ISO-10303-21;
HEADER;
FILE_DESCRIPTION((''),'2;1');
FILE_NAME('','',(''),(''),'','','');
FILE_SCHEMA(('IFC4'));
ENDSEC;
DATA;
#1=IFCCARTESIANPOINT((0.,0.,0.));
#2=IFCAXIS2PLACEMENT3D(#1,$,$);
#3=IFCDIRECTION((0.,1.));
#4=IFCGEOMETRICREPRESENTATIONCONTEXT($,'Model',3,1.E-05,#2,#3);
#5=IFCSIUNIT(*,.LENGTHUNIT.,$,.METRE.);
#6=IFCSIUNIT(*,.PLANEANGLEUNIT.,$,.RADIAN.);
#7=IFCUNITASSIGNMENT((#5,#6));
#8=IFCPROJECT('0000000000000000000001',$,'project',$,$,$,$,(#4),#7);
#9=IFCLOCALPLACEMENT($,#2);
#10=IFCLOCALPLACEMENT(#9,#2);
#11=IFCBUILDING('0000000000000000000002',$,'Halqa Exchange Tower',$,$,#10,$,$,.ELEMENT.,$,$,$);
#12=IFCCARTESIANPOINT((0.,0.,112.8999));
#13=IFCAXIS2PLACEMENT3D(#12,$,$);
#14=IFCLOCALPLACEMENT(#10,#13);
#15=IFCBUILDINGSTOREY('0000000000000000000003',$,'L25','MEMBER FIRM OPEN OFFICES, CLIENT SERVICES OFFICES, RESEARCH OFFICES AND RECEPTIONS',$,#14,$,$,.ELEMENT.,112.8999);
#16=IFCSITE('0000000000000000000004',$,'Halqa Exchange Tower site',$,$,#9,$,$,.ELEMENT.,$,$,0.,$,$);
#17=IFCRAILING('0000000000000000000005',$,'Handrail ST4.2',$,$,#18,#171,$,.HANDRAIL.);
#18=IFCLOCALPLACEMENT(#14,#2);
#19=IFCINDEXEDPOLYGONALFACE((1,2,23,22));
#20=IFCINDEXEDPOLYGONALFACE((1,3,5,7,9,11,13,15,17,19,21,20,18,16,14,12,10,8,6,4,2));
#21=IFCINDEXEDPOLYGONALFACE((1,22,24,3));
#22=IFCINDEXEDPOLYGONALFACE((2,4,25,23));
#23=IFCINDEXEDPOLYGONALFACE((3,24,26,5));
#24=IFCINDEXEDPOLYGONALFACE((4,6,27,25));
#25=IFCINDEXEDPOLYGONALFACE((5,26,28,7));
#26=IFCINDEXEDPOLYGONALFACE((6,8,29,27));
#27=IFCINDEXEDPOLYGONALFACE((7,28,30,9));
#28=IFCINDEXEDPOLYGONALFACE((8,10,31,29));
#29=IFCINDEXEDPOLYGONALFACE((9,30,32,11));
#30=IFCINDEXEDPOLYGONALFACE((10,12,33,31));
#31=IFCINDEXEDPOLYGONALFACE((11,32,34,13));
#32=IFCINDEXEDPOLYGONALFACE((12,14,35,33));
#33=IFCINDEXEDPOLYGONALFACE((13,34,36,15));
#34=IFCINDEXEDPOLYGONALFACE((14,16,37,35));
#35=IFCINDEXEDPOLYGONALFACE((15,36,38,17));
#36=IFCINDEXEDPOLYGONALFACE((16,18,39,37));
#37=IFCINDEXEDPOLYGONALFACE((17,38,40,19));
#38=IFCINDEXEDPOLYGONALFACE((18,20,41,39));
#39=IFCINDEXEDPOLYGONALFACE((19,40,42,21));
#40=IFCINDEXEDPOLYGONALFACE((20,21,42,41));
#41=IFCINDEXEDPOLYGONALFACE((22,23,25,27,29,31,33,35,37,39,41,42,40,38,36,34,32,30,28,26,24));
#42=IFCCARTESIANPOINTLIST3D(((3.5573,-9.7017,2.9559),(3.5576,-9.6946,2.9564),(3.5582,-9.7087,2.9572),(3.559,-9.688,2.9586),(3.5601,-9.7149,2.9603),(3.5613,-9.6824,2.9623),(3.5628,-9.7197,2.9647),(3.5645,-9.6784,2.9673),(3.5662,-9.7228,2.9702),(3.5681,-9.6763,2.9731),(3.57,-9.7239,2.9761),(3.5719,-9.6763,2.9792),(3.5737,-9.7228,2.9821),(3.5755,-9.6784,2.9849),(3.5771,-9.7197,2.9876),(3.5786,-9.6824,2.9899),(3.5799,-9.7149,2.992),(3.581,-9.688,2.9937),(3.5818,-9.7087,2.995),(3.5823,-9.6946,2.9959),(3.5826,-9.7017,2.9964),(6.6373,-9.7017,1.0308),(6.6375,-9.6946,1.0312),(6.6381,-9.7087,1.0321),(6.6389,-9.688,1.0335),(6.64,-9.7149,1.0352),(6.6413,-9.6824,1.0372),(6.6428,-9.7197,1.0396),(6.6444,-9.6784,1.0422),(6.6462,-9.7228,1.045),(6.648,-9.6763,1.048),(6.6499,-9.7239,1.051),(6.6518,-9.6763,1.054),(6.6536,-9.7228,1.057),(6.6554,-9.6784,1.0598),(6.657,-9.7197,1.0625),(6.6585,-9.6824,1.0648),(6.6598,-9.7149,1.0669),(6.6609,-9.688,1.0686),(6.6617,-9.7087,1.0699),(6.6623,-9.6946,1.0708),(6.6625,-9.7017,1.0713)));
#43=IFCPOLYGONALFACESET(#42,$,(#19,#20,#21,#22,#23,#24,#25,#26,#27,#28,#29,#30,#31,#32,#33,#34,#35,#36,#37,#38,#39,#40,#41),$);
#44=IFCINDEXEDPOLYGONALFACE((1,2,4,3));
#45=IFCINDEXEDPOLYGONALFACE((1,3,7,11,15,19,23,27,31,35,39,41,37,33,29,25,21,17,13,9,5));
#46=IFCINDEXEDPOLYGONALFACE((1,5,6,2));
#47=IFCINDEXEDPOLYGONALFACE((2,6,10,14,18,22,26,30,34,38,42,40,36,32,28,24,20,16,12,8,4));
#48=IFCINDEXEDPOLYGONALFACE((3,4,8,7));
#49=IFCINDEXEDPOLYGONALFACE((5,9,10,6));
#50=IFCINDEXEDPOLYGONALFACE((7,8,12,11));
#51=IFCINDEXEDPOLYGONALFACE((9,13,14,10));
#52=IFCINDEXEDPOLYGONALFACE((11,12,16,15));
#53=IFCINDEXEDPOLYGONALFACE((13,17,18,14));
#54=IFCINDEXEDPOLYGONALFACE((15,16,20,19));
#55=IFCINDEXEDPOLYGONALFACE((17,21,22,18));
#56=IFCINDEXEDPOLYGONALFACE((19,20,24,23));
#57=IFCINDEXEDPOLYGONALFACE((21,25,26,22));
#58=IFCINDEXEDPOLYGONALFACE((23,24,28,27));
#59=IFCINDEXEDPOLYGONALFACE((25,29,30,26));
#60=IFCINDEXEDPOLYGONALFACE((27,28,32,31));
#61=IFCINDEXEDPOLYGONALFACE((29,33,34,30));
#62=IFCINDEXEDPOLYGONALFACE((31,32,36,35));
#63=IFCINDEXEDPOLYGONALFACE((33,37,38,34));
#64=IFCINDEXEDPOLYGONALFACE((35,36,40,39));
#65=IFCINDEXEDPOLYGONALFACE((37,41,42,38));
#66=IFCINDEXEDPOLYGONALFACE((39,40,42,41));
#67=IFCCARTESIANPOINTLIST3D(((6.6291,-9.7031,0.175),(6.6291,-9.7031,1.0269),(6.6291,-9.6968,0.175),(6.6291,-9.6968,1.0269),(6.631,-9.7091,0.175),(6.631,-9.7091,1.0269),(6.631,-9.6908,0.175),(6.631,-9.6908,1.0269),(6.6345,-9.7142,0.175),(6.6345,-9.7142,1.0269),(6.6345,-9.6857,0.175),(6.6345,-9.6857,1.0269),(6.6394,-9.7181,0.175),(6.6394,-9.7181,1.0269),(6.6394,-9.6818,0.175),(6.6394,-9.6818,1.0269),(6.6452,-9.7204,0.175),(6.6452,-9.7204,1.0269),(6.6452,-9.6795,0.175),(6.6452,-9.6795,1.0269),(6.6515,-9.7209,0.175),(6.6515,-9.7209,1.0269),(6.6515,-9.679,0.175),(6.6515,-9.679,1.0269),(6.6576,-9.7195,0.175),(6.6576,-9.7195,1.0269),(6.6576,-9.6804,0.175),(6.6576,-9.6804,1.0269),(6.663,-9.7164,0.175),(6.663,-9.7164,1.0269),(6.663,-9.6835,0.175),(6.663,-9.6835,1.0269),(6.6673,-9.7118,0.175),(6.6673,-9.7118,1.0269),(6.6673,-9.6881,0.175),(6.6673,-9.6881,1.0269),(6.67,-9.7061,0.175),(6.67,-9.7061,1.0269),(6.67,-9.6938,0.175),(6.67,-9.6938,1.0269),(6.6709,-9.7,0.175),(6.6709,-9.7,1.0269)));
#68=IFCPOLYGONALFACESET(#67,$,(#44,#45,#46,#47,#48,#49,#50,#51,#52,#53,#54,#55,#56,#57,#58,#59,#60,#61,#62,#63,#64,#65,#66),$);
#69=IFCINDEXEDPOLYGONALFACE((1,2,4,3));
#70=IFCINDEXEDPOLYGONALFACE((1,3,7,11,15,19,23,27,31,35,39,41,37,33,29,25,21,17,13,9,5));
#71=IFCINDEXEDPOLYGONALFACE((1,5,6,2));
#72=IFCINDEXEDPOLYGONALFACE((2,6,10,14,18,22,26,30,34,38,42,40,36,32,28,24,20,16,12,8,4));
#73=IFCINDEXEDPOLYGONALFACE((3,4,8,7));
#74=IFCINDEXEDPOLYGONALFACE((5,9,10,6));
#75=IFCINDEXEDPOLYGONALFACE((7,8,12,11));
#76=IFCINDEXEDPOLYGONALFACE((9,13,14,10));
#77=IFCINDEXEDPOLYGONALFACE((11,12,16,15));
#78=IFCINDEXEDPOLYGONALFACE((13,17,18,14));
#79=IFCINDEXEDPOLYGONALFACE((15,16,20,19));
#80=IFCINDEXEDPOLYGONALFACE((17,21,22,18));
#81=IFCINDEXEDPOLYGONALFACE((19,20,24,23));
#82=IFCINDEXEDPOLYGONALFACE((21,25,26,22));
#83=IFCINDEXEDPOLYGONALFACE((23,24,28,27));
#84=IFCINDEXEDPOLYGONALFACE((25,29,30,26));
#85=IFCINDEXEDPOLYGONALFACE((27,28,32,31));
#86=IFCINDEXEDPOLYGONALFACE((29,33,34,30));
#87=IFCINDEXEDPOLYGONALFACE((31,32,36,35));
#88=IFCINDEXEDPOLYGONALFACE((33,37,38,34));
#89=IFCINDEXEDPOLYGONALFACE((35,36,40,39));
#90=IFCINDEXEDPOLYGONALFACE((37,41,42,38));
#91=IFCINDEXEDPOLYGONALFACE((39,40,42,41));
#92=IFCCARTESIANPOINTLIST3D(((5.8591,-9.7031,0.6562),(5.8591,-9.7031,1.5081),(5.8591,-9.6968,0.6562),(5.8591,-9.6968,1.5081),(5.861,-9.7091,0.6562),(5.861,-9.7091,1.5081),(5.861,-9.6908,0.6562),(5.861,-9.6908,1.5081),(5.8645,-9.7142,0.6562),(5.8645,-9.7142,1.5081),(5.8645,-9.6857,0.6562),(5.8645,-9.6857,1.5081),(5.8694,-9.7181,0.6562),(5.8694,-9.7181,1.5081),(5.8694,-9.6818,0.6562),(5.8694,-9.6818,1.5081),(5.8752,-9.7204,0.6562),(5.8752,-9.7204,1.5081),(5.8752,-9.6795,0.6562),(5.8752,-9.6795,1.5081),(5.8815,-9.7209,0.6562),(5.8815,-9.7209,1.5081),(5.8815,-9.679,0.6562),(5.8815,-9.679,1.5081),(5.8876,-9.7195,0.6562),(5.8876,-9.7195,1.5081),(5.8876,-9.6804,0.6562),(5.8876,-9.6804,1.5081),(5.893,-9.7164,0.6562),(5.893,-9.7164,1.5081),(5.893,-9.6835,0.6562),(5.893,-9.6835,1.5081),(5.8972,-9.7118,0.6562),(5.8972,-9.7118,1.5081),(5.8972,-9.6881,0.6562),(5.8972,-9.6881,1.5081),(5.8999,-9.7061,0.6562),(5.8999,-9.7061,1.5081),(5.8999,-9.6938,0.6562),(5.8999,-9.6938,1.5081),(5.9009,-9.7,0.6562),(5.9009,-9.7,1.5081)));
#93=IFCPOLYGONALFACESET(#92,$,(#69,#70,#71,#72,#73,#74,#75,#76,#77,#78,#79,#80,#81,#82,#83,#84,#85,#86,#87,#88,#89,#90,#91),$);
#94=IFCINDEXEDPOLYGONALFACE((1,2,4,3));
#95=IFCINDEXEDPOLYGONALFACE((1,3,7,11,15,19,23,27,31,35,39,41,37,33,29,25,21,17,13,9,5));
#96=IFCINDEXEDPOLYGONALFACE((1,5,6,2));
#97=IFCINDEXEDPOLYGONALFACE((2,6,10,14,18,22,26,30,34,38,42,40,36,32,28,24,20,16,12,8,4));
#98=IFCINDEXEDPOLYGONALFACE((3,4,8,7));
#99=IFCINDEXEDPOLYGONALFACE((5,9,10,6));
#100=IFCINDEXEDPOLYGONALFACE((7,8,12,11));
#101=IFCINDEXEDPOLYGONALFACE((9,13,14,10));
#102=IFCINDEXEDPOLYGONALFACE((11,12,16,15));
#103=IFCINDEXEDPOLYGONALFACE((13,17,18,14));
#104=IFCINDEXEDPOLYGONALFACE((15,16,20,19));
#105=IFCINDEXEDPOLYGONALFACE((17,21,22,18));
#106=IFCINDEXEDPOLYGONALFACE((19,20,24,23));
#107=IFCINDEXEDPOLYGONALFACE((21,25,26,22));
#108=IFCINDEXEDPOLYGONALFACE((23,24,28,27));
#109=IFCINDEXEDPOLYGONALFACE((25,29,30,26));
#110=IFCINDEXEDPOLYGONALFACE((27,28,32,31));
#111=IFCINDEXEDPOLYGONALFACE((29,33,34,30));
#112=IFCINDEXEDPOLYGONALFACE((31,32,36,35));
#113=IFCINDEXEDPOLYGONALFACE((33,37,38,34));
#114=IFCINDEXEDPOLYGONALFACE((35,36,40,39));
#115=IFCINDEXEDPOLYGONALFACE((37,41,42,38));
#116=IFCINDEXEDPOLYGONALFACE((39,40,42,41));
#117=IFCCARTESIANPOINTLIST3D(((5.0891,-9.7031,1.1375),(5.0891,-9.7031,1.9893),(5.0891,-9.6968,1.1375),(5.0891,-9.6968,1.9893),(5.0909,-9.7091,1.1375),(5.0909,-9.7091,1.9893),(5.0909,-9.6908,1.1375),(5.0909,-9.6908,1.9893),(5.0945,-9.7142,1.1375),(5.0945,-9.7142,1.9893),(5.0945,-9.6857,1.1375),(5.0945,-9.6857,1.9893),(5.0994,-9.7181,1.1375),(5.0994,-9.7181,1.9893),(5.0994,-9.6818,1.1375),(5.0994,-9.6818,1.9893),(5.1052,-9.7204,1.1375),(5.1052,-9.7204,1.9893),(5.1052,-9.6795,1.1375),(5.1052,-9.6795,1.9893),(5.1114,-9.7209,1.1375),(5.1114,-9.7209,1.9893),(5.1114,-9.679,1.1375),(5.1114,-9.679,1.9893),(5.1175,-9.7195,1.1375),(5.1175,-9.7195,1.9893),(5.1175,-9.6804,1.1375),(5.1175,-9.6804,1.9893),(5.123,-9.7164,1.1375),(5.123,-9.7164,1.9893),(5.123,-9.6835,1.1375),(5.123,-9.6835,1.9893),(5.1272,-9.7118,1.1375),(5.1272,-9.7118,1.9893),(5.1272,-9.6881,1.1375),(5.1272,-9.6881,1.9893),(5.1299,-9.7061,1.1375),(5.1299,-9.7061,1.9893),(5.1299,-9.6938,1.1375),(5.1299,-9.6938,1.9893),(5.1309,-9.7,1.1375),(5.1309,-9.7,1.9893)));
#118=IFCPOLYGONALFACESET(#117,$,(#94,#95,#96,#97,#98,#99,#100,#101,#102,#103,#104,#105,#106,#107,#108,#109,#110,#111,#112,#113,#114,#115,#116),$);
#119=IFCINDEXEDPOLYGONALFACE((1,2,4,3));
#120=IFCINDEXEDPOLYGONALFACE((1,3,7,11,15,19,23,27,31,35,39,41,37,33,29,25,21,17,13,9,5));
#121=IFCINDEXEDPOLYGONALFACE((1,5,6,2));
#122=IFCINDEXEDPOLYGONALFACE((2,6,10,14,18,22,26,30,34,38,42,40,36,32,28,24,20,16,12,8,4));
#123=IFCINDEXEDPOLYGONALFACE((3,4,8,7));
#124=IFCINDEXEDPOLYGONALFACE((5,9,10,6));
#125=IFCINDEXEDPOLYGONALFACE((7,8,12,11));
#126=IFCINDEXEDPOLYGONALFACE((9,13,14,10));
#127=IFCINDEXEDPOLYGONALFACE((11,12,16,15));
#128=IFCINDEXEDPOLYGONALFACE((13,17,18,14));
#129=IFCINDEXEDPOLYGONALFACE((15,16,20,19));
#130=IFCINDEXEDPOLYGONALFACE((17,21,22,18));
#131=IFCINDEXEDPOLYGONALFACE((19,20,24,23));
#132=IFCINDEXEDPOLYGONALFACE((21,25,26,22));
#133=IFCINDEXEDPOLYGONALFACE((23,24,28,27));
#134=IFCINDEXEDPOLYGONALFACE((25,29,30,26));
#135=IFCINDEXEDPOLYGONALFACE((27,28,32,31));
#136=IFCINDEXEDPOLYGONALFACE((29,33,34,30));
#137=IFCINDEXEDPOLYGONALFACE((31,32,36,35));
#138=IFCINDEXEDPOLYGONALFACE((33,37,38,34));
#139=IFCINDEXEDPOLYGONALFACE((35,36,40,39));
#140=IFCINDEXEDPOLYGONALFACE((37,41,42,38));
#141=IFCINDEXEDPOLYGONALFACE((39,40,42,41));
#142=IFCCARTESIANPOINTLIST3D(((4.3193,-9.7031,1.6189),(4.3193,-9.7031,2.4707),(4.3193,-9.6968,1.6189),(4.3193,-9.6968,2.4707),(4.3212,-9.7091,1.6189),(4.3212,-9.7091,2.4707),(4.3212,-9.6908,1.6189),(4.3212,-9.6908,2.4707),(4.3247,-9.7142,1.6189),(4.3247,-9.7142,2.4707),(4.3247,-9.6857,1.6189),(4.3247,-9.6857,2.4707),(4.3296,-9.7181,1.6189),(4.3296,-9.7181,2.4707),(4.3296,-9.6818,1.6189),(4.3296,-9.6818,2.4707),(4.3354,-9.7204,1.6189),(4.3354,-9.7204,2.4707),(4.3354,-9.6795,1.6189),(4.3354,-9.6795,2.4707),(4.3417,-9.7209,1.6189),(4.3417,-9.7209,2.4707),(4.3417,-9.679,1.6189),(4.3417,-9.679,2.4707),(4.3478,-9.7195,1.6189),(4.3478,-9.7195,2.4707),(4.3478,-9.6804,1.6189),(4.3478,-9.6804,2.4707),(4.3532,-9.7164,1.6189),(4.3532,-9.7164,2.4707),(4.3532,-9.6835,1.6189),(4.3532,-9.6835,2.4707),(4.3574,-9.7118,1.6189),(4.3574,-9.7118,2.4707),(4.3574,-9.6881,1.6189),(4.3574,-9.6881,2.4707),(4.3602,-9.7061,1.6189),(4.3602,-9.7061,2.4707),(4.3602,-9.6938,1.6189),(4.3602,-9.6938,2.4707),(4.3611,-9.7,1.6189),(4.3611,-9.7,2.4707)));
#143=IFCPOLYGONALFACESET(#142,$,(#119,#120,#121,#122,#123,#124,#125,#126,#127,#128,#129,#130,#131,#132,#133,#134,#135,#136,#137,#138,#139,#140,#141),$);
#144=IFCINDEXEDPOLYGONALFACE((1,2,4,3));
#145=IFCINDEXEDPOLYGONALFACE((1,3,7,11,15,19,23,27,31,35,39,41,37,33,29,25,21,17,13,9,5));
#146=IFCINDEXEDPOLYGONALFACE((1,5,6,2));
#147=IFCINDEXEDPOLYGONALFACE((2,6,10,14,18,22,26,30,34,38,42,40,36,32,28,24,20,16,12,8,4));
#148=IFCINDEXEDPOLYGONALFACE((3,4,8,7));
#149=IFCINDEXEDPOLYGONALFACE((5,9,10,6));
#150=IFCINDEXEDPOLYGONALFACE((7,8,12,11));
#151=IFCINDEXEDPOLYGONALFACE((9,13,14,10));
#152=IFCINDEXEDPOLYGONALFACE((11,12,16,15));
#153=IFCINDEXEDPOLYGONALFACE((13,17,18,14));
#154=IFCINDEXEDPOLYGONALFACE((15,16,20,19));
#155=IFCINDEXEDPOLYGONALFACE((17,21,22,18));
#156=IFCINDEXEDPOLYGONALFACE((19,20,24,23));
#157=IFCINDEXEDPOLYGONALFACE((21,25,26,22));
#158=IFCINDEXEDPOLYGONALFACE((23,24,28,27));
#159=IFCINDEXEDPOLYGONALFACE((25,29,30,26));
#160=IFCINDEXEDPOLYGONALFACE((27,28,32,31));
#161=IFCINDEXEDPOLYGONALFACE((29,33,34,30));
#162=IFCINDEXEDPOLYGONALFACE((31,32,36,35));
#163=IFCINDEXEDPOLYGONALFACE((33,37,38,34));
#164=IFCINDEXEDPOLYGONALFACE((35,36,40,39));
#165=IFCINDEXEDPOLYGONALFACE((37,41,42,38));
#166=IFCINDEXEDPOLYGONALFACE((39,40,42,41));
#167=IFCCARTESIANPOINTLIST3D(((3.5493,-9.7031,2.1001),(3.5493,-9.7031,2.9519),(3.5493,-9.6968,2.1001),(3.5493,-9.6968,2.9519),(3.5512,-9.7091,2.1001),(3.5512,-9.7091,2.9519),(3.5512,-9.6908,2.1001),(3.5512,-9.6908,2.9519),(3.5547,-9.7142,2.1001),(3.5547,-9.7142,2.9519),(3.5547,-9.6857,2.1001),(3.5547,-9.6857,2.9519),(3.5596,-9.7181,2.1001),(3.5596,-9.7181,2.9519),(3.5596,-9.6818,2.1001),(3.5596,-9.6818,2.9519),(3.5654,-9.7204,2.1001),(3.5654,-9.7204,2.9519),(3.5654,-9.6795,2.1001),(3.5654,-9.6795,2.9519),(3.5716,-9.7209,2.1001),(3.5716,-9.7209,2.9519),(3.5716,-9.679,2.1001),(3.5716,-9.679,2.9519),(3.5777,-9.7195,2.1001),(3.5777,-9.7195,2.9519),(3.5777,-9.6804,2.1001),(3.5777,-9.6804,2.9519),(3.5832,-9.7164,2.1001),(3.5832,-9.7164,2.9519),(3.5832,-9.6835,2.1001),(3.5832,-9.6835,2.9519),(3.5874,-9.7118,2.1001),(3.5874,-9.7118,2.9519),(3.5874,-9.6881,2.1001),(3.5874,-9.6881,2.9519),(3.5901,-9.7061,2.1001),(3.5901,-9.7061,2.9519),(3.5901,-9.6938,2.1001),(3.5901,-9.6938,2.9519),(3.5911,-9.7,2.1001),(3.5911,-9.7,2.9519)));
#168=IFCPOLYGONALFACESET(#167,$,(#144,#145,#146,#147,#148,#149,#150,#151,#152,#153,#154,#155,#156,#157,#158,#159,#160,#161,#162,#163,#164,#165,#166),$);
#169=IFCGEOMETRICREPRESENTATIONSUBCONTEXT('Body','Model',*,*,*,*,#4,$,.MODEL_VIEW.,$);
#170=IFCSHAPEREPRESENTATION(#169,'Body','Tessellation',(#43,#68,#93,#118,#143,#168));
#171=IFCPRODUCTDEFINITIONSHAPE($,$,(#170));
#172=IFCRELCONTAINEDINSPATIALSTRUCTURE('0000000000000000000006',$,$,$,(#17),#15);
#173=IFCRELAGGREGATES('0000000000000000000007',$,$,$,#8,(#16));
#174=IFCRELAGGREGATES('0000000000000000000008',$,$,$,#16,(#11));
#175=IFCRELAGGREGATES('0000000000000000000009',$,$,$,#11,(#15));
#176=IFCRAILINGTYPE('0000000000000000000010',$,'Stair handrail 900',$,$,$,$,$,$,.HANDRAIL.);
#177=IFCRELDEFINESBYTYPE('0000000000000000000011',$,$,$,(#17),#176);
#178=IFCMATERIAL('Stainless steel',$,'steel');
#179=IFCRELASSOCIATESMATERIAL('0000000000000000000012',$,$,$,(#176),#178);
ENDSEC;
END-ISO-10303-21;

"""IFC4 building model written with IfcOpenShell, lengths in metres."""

from ifc_helpers import new_model, si_unit, direction, frame, origin, origin_2d, place, context, subcontext, project, spatial, circle, extrude, material, type_object, element, save


model = new_model("IFC4")

# Units and contexts
model_context = context("Model", 3, precision=1e-05, world=origin(), true_north=direction((0.0, 1.0)))
body_context = subcontext(model_context, "Body", "Model", "MODEL_VIEW")
ifc_project = project(units=[si_unit("LENGTHUNIT", "METRE"), si_unit("PLANEANGLEUNIT", "RADIAN")], contexts=[model_context])

# Site, building, storey
site_placement = place(None, origin())
site = spatial("IfcSite", under=ifc_project, at=site_placement, Name="Halqa Exchange Tower site", CompositionType="ELEMENT", RefElevation=0.0)
building_placement = place(site_placement, origin())
building = spatial("IfcBuilding", under=site, at=building_placement, Name="Halqa Exchange Tower", CompositionType="ELEMENT")
storey_placement = place(building_placement, frame((0.0, 0.0, 112.8999)))
storey = spatial("IfcBuildingStorey", under=building, at=storey_placement, Name="L25", Description="MEMBER FIRM OPEN OFFICES, CLIENT SERVICES OFFICES, RESEARCH OFFICES AND RECEPTIONS", CompositionType="ELEMENT", Elevation=112.8999)

# Railing
ifc_material_1 = material(Name="Stainless steel", Category="steel")
railing_type_1 = type_object("IfcRailingType", Name="Stair handrail 900", PredefinedType="HANDRAIL", material=ifc_material_1)
railing_1_placement = place(storey_placement, frame((6.6499, -9.7, 0.175)))
element("IfcRailing", 1, at=railing_1_placement, inside=storey, type_object=railing_type_1, Name="Handrail ST4.2", PredefinedType="HANDRAIL", context=body_context, shape_type="SweptSolid", body=[
    extrude(circle(Radius=0.0239, at=origin_2d()), frame((0.0, 0.0, 0.876), z_axis=(-0.847979, 0.0, 0.530029), x_axis=(0.0, -1.0, 0.0)), (0.0, 0.0, 1.0), 3.6321),
    extrude(circle(Radius=0.021, at=origin_2d()), origin(), (0.0, 0.0, 1.0), 0.8518),
    extrude(circle(Radius=0.021, at=origin_2d()), frame((-0.77, 0.0, 0.4812)), (0.0, 0.0, 1.0), 0.8518),
    extrude(circle(Radius=0.021, at=origin_2d()), frame((-1.54, 0.0, 0.9624)), (0.0, 0.0, 1.0), 0.8518),
    extrude(circle(Radius=0.021, at=origin_2d()), frame((-2.3098, 0.0, 1.4438)), (0.0, 0.0, 1.0), 0.8518),
    extrude(circle(Radius=0.021, at=origin_2d()), frame((-3.0798, 0.0, 1.925)), (0.0, 0.0, 1.0), 0.8518),
])

save(model, "model.ifc")
